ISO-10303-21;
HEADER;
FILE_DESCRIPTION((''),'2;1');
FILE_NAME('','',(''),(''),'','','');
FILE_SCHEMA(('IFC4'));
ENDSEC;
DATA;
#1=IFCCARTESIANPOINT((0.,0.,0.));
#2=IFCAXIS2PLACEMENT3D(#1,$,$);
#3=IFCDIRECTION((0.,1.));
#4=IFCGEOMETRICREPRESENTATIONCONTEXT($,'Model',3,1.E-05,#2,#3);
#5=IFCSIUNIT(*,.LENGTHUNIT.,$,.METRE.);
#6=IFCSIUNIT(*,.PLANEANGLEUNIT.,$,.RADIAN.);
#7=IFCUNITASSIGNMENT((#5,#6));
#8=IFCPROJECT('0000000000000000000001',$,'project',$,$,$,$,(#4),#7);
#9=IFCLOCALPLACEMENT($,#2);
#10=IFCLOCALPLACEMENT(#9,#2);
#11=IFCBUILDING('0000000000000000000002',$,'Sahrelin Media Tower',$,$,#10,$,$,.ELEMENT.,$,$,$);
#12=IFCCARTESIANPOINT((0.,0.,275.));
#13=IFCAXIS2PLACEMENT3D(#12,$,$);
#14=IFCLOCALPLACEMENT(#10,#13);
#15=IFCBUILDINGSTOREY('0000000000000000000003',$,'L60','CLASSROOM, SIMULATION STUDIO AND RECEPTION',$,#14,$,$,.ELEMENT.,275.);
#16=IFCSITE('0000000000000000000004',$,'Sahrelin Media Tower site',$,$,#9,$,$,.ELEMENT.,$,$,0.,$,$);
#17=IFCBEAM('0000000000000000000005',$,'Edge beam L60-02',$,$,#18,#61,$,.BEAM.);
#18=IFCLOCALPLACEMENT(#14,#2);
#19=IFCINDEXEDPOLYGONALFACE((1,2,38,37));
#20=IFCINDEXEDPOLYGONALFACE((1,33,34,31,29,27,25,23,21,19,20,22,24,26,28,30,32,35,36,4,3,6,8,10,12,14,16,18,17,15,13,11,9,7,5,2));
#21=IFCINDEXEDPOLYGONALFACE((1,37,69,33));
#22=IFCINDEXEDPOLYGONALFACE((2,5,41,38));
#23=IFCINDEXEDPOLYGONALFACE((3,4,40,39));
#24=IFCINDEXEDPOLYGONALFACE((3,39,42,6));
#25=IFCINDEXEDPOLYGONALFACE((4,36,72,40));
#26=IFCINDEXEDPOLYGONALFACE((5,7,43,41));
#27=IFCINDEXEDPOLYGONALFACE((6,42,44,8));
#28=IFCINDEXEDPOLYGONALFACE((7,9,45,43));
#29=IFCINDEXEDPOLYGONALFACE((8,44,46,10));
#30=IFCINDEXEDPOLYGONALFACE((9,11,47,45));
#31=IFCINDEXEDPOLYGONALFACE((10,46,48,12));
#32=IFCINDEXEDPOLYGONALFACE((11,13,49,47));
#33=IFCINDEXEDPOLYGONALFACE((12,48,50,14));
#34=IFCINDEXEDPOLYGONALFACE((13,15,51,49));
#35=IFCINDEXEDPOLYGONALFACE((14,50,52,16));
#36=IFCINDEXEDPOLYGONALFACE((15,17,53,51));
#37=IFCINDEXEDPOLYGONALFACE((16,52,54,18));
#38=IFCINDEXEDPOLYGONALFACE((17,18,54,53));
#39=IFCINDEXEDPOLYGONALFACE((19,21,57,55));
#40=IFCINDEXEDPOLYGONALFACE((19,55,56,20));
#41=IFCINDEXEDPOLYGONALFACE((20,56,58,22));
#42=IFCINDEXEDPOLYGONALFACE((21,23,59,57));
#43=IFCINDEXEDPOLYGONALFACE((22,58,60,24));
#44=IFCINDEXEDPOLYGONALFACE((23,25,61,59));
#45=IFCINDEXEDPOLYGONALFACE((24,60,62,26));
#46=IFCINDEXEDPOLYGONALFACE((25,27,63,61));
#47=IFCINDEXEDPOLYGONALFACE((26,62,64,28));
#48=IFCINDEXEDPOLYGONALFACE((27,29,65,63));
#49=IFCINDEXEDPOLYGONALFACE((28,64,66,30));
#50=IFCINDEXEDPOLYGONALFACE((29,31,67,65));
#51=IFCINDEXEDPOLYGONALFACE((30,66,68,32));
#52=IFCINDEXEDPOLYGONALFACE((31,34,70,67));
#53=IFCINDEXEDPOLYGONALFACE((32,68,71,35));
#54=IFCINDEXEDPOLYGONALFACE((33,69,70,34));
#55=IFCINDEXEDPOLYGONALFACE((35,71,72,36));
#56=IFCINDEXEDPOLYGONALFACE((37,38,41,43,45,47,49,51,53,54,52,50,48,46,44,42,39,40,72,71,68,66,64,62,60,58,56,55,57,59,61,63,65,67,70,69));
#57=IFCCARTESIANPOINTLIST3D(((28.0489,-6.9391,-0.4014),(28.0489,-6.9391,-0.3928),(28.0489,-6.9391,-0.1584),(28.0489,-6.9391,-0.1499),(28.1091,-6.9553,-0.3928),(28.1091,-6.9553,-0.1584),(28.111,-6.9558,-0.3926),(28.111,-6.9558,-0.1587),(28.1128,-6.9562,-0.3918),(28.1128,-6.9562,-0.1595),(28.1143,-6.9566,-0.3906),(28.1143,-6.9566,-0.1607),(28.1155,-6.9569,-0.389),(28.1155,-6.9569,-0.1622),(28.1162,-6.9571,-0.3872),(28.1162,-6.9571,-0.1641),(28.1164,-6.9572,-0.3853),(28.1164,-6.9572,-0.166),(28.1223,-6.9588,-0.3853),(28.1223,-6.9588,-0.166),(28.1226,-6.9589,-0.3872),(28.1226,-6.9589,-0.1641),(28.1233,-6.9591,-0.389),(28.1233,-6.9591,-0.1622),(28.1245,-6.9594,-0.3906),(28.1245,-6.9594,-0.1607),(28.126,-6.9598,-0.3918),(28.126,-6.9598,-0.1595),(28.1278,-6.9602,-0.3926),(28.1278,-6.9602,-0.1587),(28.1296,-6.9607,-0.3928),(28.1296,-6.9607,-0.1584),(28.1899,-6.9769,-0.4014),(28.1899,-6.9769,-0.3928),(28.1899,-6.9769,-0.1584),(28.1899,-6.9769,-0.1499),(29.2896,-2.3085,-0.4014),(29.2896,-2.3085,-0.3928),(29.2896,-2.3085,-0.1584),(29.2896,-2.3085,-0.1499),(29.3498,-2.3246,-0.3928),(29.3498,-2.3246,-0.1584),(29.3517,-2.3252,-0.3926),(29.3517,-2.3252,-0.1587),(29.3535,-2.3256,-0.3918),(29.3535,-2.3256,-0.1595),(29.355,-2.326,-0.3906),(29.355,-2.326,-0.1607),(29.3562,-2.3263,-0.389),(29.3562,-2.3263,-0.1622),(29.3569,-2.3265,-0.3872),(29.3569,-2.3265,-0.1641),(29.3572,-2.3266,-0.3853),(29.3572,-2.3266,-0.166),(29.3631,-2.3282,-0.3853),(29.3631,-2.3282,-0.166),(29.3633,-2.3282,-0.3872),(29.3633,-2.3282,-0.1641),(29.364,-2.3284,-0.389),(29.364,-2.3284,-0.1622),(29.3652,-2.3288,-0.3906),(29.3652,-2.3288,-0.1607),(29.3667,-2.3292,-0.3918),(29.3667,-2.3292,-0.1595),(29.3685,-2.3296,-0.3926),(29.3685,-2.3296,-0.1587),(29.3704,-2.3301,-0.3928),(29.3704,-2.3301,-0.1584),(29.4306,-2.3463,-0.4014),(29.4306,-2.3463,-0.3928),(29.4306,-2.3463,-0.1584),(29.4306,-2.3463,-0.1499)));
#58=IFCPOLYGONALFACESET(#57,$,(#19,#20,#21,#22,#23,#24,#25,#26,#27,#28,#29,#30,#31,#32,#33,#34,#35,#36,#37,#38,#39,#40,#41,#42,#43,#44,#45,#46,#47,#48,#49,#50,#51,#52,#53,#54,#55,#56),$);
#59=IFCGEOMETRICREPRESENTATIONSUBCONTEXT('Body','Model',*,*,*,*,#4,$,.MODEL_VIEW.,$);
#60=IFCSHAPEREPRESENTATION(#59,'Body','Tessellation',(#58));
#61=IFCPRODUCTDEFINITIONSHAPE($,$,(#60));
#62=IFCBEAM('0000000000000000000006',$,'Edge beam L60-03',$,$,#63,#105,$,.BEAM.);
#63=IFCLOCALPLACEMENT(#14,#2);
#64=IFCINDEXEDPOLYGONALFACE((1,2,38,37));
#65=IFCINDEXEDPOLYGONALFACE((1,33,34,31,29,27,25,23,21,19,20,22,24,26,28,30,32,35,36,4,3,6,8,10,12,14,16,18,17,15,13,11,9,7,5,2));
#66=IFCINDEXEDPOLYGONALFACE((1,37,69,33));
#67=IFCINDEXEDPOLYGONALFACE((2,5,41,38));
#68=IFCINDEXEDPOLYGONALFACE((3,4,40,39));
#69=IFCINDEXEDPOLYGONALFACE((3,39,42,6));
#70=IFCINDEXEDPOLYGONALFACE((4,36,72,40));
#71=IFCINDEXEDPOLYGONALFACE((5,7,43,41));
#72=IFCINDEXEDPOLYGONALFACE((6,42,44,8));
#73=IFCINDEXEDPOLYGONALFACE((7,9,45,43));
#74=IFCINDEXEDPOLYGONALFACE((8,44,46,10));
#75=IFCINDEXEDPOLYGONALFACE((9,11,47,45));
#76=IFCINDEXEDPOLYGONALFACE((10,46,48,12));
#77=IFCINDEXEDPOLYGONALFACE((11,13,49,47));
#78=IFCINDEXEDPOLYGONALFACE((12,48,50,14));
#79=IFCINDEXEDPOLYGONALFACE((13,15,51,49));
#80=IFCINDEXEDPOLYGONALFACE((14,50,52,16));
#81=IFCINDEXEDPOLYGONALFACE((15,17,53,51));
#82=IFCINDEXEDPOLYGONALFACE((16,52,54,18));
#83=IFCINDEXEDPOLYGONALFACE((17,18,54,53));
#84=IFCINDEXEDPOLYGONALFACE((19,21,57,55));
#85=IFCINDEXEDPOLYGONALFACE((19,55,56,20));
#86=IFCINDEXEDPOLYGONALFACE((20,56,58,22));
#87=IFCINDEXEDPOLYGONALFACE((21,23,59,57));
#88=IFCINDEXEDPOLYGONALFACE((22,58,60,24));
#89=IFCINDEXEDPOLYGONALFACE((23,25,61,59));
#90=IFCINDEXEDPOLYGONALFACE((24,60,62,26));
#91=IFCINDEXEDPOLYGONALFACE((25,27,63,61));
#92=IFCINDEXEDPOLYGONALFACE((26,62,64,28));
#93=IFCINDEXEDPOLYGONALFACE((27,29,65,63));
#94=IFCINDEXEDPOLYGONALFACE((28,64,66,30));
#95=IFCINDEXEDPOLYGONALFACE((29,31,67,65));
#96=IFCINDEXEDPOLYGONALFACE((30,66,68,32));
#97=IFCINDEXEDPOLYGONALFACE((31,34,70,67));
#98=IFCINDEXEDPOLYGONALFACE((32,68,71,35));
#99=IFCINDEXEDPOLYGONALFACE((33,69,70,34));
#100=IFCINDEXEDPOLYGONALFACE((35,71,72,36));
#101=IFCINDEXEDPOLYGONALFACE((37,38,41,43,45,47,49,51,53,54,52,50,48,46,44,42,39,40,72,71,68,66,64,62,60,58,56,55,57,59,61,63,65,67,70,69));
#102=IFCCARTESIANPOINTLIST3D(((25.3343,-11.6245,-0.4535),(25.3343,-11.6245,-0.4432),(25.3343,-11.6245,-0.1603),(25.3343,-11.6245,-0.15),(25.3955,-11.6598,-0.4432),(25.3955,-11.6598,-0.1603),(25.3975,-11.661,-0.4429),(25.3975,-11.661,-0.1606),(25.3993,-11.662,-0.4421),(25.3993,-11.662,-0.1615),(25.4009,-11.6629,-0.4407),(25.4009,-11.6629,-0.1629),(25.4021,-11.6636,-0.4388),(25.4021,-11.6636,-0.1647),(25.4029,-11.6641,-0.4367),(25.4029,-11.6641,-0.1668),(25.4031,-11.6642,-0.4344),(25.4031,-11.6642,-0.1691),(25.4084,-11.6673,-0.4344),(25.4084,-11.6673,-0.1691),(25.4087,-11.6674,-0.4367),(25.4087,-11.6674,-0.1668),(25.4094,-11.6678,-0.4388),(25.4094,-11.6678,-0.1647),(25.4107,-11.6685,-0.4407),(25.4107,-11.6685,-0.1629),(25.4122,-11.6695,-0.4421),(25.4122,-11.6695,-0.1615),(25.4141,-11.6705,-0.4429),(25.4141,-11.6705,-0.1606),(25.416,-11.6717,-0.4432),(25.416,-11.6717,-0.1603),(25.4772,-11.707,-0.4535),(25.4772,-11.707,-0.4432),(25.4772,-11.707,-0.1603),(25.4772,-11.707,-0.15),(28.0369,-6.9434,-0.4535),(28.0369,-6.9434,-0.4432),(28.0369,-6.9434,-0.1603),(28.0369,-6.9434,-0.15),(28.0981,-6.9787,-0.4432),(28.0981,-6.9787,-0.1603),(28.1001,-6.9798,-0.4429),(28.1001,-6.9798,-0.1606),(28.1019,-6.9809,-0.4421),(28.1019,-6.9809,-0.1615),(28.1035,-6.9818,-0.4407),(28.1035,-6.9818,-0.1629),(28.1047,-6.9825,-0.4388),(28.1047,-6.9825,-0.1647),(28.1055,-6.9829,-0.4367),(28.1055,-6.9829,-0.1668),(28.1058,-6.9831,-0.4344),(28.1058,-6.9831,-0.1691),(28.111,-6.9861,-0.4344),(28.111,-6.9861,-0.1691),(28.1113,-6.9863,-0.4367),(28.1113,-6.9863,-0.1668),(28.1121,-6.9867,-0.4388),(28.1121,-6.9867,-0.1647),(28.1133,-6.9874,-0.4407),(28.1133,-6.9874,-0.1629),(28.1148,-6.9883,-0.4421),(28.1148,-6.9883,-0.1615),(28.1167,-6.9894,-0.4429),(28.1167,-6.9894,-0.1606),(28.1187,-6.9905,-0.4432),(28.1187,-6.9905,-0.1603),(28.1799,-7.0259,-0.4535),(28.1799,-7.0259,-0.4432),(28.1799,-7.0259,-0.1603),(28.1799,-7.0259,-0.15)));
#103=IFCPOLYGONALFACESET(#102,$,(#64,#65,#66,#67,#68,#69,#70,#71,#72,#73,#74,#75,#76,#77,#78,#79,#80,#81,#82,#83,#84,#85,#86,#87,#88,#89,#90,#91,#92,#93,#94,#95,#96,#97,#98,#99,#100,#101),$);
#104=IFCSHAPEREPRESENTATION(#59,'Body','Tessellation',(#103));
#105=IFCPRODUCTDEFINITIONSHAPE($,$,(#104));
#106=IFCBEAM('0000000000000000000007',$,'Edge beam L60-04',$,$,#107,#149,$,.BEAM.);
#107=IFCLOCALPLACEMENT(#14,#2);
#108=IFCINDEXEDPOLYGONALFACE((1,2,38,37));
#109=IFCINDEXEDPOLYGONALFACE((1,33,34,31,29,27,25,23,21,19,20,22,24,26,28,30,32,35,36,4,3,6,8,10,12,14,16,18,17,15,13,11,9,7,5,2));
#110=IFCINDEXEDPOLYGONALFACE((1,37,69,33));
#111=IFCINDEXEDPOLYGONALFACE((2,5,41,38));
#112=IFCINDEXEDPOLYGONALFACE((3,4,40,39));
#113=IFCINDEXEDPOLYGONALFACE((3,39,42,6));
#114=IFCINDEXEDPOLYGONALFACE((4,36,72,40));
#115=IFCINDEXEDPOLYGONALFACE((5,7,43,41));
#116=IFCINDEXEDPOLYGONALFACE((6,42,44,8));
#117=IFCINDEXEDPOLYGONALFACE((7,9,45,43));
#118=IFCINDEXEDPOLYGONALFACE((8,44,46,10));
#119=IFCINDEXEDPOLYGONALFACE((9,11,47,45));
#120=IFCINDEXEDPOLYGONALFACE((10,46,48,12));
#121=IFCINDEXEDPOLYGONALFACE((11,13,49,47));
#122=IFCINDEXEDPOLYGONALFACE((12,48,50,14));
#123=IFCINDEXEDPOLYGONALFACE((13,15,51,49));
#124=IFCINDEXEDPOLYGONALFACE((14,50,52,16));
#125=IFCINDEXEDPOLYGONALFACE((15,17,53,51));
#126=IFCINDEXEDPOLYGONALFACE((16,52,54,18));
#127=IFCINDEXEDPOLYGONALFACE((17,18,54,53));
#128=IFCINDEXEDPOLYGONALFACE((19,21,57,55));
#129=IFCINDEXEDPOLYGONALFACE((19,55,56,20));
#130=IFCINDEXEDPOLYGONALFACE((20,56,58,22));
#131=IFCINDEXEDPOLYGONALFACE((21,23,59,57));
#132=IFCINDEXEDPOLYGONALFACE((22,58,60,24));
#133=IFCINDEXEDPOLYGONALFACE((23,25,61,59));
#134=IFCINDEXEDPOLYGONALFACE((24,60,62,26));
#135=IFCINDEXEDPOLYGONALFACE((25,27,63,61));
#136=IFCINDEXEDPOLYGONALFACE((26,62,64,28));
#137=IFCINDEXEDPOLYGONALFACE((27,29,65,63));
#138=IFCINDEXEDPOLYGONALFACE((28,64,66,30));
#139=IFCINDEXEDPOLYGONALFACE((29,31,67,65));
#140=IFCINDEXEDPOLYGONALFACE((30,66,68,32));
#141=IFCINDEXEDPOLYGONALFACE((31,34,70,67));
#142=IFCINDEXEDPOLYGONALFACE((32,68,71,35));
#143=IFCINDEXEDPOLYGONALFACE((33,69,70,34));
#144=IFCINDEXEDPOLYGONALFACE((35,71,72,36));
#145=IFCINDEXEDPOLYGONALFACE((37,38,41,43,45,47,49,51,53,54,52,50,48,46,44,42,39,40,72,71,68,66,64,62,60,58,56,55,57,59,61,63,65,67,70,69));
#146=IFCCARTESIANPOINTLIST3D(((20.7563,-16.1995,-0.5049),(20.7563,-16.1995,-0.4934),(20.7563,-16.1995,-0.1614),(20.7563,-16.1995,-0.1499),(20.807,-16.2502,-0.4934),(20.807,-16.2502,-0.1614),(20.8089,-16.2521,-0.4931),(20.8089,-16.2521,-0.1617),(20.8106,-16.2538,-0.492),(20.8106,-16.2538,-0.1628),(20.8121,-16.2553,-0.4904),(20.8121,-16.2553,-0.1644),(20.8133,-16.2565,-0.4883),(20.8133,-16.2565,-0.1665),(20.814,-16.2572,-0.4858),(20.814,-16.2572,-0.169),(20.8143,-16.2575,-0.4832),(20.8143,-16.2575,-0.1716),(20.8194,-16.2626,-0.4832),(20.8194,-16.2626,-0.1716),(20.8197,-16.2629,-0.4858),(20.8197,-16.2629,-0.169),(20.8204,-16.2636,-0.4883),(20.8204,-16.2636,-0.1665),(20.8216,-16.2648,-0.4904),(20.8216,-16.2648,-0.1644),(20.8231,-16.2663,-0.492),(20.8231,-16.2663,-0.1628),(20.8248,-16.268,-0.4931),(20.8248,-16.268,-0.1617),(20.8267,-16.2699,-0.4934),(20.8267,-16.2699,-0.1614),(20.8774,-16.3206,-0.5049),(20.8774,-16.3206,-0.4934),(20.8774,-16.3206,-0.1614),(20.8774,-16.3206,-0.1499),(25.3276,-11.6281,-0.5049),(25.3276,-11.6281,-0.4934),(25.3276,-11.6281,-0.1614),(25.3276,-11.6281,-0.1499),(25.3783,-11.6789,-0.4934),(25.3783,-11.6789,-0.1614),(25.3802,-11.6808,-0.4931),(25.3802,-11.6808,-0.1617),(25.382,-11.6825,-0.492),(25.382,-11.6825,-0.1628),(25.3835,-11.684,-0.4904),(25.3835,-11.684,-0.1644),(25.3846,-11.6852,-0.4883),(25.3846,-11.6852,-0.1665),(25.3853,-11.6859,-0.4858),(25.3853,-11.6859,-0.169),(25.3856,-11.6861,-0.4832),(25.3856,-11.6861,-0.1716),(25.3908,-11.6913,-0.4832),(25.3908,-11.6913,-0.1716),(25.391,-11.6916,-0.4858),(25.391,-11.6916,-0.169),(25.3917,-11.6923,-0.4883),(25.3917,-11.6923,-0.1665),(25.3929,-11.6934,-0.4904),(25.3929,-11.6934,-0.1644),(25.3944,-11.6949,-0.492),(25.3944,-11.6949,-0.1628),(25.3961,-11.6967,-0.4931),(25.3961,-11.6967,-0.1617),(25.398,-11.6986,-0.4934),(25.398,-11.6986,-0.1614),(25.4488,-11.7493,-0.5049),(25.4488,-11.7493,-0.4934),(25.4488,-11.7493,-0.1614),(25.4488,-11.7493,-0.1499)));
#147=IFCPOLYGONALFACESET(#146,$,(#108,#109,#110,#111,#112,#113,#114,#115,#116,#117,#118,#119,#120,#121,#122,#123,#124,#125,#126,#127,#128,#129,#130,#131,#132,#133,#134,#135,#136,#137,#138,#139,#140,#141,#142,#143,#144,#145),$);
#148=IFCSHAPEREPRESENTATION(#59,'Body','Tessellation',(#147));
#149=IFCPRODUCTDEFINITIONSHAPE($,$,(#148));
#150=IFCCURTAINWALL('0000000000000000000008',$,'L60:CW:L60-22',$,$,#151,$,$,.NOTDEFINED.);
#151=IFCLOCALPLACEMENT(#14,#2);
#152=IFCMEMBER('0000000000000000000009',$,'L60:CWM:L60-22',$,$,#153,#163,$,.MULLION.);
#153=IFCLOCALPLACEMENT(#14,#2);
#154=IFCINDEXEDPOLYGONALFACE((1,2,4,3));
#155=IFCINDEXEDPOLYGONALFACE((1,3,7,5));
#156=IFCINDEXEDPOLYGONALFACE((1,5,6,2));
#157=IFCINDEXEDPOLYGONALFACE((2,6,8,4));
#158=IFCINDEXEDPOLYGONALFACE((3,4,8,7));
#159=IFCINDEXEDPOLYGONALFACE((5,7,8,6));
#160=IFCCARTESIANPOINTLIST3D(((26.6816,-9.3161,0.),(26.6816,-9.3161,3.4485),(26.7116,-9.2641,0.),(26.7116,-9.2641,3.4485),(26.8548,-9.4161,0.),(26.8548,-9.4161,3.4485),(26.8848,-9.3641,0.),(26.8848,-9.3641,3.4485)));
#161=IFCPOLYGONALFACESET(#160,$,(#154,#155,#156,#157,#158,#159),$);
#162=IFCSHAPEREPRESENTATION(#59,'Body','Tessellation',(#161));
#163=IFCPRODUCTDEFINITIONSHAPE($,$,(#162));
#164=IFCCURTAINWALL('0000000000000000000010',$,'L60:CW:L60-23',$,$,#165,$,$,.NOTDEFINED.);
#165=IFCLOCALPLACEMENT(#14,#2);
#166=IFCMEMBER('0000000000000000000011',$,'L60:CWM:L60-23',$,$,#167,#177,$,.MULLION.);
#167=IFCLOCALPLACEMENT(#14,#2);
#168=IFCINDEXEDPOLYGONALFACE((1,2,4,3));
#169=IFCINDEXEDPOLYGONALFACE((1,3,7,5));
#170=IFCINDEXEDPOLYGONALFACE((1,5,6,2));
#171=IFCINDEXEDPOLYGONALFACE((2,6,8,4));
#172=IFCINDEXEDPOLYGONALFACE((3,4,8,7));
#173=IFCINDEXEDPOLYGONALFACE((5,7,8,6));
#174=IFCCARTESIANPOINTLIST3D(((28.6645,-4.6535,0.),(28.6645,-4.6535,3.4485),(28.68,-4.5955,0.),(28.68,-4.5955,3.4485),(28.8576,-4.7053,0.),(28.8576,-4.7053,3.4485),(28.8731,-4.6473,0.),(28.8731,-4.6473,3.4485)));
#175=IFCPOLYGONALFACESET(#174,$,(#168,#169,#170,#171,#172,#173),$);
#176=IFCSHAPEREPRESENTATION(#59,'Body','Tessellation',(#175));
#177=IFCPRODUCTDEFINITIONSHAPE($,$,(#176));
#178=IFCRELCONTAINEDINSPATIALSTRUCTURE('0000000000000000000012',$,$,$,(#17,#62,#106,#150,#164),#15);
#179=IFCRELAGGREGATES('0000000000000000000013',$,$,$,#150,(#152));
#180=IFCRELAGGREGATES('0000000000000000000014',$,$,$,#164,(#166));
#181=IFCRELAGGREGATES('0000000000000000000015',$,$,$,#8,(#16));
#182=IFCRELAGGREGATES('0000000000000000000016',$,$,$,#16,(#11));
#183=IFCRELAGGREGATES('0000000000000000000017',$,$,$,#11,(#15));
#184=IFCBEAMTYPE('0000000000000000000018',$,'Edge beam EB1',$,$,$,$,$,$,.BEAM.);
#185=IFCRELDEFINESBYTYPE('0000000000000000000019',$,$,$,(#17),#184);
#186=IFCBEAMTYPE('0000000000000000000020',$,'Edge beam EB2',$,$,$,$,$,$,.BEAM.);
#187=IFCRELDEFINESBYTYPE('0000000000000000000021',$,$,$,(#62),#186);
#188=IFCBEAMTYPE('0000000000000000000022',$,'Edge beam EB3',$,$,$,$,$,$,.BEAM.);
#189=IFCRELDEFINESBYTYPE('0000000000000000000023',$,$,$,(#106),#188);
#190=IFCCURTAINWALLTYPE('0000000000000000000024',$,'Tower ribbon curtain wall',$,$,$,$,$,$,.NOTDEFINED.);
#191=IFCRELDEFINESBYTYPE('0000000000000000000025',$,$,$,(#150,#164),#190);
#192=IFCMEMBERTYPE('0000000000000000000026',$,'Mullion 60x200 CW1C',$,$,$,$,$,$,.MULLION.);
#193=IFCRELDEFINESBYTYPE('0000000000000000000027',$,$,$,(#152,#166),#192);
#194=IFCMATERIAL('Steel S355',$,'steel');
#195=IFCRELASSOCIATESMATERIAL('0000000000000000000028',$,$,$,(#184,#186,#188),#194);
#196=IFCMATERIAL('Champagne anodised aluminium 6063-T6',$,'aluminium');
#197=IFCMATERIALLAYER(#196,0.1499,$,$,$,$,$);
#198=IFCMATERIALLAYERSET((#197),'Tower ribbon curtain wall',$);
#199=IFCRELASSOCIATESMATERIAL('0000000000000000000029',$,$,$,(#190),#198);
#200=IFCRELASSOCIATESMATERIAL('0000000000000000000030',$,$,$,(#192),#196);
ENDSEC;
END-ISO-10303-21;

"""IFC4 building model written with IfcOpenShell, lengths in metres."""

from ifc_helpers import new_model, si_unit, direction, frame, origin, origin_2d, place, context, subcontext, project, spatial, rectangle, i_section, extrude, material, layer, layer_set, material_profile, profile_set, type_object, element, aggregate, save


model = new_model("IFC4")

# Units and contexts
model_context = context("Model", 3, precision=1e-05, world=origin(), true_north=direction((0.0, 1.0)))
body_context = subcontext(model_context, "Body", "Model", "MODEL_VIEW")
ifc_project = project(units=[si_unit("LENGTHUNIT", "METRE"), si_unit("PLANEANGLEUNIT", "RADIAN")], contexts=[model_context])

# Site, building, storey
site_placement = place(None, origin())
site = spatial("IfcSite", under=ifc_project, at=site_placement, Name="Sahrelin Media Tower site", CompositionType="ELEMENT", RefElevation=0.0)
building_placement = place(site_placement, origin())
building = spatial("IfcBuilding", under=site, at=building_placement, Name="Sahrelin Media Tower", CompositionType="ELEMENT")
storey_placement = place(building_placement, frame((0.0, 0.0, 275.0)))
storey = spatial("IfcBuildingStorey", under=building, at=storey_placement, Name="L60", Description="CLASSROOM, SIMULATION STUDIO AND RECEPTION", CompositionType="ELEMENT", Elevation=275.0)

# Beams
ifc_material_1 = material(Name="Steel S355", Category="steel")
ifc_material_profile_1 = material_profile(ifc_material_1, i_section(OverallWidth=0.146, OverallDepth=0.2515, WebThickness=0.0061, FlangeThickness=0.0085, FilletRadius=0.0076, at=origin_2d()), Name="UB 254x146x31")
ifc_profile_set_1 = profile_set([ifc_material_profile_1], Name="Steel S355")
beam_type_1 = type_object("IfcBeamType", Name="Edge beam EB1", PredefinedType="BEAM", material=ifc_profile_set_1)
beam_1_placement = place(storey_placement, frame((29.3601, -2.3274, -0.2756), z_axis=(-0.25881, -0.965928, 0.0), x_axis=(0.965928, -0.25881, 0.0)))
element("IfcBeam", 1, at=beam_1_placement, inside=storey, type_object=beam_type_1, Name="Edge beam L60-02", PredefinedType="BEAM", context=body_context, shape_type="SweptSolid", body=[
    extrude(i_section(OverallWidth=0.146, OverallDepth=0.2515, WebThickness=0.0061, FlangeThickness=0.0085, FilletRadius=0.0076, at=origin_2d()), origin(), (0.0, 0.0, 1.0), 4.7939),
])
ifc_material_profile_2 = material_profile(ifc_material_1, i_section(OverallWidth=0.165, OverallDepth=0.3035, WebThickness=0.0061, FlangeThickness=0.0103, FilletRadius=0.0088, at=origin_2d()), Name="UB 305x165x40")
ifc_profile_set_2 = profile_set([ifc_material_profile_2], Name="Steel S355")
beam_type_2 = type_object("IfcBeamType", Name="Edge beam EB2", PredefinedType="BEAM", material=ifc_profile_set_2)
beam_2_placement = place(storey_placement, frame((28.1084, -6.9846, -0.3018), z_axis=(-0.499996, -0.866028, 0.0), x_axis=(0.866028, -0.499996, 0.0)))
element("IfcBeam", 2, at=beam_2_placement, inside=storey, type_object=beam_type_2, Name="Edge beam L60-03", PredefinedType="BEAM", context=body_context, shape_type="SweptSolid", body=[
    extrude(i_section(OverallWidth=0.165, OverallDepth=0.3035, WebThickness=0.0061, FlangeThickness=0.0103, FilletRadius=0.0088, at=origin_2d()), origin(), (0.0, 0.0, 1.0), 5.4053),
])
ifc_material_profile_3 = material_profile(ifc_material_1, i_section(OverallWidth=0.1714, OverallDepth=0.355, WebThickness=0.0073, FlangeThickness=0.0115, FilletRadius=0.0103, at=origin_2d()), Name="UB 356x171x51")
ifc_profile_set_3 = profile_set([ifc_material_profile_3], Name="Steel S355")
beam_type_3 = type_object("IfcBeamType", Name="Edge beam EB3", PredefinedType="BEAM", material=ifc_profile_set_3)
beam_3_placement = place(storey_placement, frame((25.3882, -11.6887, -0.3274), z_axis=(-0.707107, -0.707107, 0.0), x_axis=(0.707107, -0.707107, 0.0)))
element("IfcBeam", 3, at=beam_3_placement, inside=storey, type_object=beam_type_3, Name="Edge beam L60-04", PredefinedType="BEAM", context=body_context, shape_type="SweptSolid", body=[
    extrude(i_section(OverallWidth=0.1714, OverallDepth=0.355, WebThickness=0.0073, FlangeThickness=0.0115, FilletRadius=0.0103, at=origin_2d()), origin(), (0.0, 0.0, 1.0), 6.4648),
])

# Curtain walls, members
ifc_material_2 = material(Name="Champagne anodised aluminium 6063-T6", Category="aluminium")
ifc_layer_1 = layer(ifc_material_2, 0.1499)
ifc_layer_set_1 = layer_set([ifc_layer_1], Name="Tower ribbon curtain wall")
curtain_wall_type = type_object("IfcCurtainWallType", Name="Tower ribbon curtain wall", PredefinedType="NOTDEFINED", material=ifc_layer_set_1)
curtain_wall_1_placement = place(storey_placement, frame((26.887, -9.4001, 0.0), z_axis=(0.0, 0.0, 1.0), x_axis=(1.0, 0.0, 0.0)))
curtain_wall_1 = element("IfcCurtainWall", 4, at=curtain_wall_1_placement, inside=storey, type_object=curtain_wall_type, Name="L60:CW:L60-22", PredefinedType="NOTDEFINED")
ifc_material_profile_4 = material_profile(ifc_material_2, rectangle(XDim=0.0601, YDim=0.2, at=origin_2d()), Name="Mullion 60x200")
ifc_profile_set_4 = profile_set([ifc_material_profile_4], Name="Champagne anodised aluminium 6063-T6")
member_type_1 = type_object("IfcMemberType", Name="Mullion 60x200 CW1C", PredefinedType="MULLION", material=ifc_profile_set_4)
member_1_placement = place(storey_placement, frame((26.7832, -9.3401, 0.0), z_axis=(0.0, 0.0, 1.0), x_axis=(0.500002, 0.866025, 0.0)))
member_1 = element("IfcMember", 5, at=member_1_placement, type_object=member_type_1, Name="L60:CWM:L60-22", PredefinedType="MULLION", context=body_context, shape_type="SweptSolid", body=[
    extrude(rectangle(XDim=0.0601, YDim=0.2, at=origin_2d()), origin(), (0.0, 0.0, 1.0), 3.4485),
])
curtain_wall_2_placement = place(storey_placement, frame((28.8848, -4.6814, 0.0), z_axis=(0.0, 0.0, 1.0), x_axis=(1.0, 0.0, 0.0)))
curtain_wall_2 = element("IfcCurtainWall", 6, at=curtain_wall_2_placement, inside=storey, type_object=curtain_wall_type, Name="L60:CW:L60-23", PredefinedType="NOTDEFINED")
member_2_placement = place(storey_placement, frame((28.7688, -4.6504, 0.0), z_axis=(0.0, 0.0, 1.0), x_axis=(0.258814, 0.965927, 0.0)))
member_2 = element("IfcMember", 7, at=member_2_placement, type_object=member_type_1, Name="L60:CWM:L60-23", PredefinedType="MULLION", context=body_context, shape_type="SweptSolid", body=[
    extrude(rectangle(XDim=0.0601, YDim=0.2, at=origin_2d()), origin(), (0.0, 0.0, 1.0), 3.4485),
])

aggregate(curtain_wall_1, [member_1])
aggregate(curtain_wall_2, [member_2])

save(model, "model.ifc")
